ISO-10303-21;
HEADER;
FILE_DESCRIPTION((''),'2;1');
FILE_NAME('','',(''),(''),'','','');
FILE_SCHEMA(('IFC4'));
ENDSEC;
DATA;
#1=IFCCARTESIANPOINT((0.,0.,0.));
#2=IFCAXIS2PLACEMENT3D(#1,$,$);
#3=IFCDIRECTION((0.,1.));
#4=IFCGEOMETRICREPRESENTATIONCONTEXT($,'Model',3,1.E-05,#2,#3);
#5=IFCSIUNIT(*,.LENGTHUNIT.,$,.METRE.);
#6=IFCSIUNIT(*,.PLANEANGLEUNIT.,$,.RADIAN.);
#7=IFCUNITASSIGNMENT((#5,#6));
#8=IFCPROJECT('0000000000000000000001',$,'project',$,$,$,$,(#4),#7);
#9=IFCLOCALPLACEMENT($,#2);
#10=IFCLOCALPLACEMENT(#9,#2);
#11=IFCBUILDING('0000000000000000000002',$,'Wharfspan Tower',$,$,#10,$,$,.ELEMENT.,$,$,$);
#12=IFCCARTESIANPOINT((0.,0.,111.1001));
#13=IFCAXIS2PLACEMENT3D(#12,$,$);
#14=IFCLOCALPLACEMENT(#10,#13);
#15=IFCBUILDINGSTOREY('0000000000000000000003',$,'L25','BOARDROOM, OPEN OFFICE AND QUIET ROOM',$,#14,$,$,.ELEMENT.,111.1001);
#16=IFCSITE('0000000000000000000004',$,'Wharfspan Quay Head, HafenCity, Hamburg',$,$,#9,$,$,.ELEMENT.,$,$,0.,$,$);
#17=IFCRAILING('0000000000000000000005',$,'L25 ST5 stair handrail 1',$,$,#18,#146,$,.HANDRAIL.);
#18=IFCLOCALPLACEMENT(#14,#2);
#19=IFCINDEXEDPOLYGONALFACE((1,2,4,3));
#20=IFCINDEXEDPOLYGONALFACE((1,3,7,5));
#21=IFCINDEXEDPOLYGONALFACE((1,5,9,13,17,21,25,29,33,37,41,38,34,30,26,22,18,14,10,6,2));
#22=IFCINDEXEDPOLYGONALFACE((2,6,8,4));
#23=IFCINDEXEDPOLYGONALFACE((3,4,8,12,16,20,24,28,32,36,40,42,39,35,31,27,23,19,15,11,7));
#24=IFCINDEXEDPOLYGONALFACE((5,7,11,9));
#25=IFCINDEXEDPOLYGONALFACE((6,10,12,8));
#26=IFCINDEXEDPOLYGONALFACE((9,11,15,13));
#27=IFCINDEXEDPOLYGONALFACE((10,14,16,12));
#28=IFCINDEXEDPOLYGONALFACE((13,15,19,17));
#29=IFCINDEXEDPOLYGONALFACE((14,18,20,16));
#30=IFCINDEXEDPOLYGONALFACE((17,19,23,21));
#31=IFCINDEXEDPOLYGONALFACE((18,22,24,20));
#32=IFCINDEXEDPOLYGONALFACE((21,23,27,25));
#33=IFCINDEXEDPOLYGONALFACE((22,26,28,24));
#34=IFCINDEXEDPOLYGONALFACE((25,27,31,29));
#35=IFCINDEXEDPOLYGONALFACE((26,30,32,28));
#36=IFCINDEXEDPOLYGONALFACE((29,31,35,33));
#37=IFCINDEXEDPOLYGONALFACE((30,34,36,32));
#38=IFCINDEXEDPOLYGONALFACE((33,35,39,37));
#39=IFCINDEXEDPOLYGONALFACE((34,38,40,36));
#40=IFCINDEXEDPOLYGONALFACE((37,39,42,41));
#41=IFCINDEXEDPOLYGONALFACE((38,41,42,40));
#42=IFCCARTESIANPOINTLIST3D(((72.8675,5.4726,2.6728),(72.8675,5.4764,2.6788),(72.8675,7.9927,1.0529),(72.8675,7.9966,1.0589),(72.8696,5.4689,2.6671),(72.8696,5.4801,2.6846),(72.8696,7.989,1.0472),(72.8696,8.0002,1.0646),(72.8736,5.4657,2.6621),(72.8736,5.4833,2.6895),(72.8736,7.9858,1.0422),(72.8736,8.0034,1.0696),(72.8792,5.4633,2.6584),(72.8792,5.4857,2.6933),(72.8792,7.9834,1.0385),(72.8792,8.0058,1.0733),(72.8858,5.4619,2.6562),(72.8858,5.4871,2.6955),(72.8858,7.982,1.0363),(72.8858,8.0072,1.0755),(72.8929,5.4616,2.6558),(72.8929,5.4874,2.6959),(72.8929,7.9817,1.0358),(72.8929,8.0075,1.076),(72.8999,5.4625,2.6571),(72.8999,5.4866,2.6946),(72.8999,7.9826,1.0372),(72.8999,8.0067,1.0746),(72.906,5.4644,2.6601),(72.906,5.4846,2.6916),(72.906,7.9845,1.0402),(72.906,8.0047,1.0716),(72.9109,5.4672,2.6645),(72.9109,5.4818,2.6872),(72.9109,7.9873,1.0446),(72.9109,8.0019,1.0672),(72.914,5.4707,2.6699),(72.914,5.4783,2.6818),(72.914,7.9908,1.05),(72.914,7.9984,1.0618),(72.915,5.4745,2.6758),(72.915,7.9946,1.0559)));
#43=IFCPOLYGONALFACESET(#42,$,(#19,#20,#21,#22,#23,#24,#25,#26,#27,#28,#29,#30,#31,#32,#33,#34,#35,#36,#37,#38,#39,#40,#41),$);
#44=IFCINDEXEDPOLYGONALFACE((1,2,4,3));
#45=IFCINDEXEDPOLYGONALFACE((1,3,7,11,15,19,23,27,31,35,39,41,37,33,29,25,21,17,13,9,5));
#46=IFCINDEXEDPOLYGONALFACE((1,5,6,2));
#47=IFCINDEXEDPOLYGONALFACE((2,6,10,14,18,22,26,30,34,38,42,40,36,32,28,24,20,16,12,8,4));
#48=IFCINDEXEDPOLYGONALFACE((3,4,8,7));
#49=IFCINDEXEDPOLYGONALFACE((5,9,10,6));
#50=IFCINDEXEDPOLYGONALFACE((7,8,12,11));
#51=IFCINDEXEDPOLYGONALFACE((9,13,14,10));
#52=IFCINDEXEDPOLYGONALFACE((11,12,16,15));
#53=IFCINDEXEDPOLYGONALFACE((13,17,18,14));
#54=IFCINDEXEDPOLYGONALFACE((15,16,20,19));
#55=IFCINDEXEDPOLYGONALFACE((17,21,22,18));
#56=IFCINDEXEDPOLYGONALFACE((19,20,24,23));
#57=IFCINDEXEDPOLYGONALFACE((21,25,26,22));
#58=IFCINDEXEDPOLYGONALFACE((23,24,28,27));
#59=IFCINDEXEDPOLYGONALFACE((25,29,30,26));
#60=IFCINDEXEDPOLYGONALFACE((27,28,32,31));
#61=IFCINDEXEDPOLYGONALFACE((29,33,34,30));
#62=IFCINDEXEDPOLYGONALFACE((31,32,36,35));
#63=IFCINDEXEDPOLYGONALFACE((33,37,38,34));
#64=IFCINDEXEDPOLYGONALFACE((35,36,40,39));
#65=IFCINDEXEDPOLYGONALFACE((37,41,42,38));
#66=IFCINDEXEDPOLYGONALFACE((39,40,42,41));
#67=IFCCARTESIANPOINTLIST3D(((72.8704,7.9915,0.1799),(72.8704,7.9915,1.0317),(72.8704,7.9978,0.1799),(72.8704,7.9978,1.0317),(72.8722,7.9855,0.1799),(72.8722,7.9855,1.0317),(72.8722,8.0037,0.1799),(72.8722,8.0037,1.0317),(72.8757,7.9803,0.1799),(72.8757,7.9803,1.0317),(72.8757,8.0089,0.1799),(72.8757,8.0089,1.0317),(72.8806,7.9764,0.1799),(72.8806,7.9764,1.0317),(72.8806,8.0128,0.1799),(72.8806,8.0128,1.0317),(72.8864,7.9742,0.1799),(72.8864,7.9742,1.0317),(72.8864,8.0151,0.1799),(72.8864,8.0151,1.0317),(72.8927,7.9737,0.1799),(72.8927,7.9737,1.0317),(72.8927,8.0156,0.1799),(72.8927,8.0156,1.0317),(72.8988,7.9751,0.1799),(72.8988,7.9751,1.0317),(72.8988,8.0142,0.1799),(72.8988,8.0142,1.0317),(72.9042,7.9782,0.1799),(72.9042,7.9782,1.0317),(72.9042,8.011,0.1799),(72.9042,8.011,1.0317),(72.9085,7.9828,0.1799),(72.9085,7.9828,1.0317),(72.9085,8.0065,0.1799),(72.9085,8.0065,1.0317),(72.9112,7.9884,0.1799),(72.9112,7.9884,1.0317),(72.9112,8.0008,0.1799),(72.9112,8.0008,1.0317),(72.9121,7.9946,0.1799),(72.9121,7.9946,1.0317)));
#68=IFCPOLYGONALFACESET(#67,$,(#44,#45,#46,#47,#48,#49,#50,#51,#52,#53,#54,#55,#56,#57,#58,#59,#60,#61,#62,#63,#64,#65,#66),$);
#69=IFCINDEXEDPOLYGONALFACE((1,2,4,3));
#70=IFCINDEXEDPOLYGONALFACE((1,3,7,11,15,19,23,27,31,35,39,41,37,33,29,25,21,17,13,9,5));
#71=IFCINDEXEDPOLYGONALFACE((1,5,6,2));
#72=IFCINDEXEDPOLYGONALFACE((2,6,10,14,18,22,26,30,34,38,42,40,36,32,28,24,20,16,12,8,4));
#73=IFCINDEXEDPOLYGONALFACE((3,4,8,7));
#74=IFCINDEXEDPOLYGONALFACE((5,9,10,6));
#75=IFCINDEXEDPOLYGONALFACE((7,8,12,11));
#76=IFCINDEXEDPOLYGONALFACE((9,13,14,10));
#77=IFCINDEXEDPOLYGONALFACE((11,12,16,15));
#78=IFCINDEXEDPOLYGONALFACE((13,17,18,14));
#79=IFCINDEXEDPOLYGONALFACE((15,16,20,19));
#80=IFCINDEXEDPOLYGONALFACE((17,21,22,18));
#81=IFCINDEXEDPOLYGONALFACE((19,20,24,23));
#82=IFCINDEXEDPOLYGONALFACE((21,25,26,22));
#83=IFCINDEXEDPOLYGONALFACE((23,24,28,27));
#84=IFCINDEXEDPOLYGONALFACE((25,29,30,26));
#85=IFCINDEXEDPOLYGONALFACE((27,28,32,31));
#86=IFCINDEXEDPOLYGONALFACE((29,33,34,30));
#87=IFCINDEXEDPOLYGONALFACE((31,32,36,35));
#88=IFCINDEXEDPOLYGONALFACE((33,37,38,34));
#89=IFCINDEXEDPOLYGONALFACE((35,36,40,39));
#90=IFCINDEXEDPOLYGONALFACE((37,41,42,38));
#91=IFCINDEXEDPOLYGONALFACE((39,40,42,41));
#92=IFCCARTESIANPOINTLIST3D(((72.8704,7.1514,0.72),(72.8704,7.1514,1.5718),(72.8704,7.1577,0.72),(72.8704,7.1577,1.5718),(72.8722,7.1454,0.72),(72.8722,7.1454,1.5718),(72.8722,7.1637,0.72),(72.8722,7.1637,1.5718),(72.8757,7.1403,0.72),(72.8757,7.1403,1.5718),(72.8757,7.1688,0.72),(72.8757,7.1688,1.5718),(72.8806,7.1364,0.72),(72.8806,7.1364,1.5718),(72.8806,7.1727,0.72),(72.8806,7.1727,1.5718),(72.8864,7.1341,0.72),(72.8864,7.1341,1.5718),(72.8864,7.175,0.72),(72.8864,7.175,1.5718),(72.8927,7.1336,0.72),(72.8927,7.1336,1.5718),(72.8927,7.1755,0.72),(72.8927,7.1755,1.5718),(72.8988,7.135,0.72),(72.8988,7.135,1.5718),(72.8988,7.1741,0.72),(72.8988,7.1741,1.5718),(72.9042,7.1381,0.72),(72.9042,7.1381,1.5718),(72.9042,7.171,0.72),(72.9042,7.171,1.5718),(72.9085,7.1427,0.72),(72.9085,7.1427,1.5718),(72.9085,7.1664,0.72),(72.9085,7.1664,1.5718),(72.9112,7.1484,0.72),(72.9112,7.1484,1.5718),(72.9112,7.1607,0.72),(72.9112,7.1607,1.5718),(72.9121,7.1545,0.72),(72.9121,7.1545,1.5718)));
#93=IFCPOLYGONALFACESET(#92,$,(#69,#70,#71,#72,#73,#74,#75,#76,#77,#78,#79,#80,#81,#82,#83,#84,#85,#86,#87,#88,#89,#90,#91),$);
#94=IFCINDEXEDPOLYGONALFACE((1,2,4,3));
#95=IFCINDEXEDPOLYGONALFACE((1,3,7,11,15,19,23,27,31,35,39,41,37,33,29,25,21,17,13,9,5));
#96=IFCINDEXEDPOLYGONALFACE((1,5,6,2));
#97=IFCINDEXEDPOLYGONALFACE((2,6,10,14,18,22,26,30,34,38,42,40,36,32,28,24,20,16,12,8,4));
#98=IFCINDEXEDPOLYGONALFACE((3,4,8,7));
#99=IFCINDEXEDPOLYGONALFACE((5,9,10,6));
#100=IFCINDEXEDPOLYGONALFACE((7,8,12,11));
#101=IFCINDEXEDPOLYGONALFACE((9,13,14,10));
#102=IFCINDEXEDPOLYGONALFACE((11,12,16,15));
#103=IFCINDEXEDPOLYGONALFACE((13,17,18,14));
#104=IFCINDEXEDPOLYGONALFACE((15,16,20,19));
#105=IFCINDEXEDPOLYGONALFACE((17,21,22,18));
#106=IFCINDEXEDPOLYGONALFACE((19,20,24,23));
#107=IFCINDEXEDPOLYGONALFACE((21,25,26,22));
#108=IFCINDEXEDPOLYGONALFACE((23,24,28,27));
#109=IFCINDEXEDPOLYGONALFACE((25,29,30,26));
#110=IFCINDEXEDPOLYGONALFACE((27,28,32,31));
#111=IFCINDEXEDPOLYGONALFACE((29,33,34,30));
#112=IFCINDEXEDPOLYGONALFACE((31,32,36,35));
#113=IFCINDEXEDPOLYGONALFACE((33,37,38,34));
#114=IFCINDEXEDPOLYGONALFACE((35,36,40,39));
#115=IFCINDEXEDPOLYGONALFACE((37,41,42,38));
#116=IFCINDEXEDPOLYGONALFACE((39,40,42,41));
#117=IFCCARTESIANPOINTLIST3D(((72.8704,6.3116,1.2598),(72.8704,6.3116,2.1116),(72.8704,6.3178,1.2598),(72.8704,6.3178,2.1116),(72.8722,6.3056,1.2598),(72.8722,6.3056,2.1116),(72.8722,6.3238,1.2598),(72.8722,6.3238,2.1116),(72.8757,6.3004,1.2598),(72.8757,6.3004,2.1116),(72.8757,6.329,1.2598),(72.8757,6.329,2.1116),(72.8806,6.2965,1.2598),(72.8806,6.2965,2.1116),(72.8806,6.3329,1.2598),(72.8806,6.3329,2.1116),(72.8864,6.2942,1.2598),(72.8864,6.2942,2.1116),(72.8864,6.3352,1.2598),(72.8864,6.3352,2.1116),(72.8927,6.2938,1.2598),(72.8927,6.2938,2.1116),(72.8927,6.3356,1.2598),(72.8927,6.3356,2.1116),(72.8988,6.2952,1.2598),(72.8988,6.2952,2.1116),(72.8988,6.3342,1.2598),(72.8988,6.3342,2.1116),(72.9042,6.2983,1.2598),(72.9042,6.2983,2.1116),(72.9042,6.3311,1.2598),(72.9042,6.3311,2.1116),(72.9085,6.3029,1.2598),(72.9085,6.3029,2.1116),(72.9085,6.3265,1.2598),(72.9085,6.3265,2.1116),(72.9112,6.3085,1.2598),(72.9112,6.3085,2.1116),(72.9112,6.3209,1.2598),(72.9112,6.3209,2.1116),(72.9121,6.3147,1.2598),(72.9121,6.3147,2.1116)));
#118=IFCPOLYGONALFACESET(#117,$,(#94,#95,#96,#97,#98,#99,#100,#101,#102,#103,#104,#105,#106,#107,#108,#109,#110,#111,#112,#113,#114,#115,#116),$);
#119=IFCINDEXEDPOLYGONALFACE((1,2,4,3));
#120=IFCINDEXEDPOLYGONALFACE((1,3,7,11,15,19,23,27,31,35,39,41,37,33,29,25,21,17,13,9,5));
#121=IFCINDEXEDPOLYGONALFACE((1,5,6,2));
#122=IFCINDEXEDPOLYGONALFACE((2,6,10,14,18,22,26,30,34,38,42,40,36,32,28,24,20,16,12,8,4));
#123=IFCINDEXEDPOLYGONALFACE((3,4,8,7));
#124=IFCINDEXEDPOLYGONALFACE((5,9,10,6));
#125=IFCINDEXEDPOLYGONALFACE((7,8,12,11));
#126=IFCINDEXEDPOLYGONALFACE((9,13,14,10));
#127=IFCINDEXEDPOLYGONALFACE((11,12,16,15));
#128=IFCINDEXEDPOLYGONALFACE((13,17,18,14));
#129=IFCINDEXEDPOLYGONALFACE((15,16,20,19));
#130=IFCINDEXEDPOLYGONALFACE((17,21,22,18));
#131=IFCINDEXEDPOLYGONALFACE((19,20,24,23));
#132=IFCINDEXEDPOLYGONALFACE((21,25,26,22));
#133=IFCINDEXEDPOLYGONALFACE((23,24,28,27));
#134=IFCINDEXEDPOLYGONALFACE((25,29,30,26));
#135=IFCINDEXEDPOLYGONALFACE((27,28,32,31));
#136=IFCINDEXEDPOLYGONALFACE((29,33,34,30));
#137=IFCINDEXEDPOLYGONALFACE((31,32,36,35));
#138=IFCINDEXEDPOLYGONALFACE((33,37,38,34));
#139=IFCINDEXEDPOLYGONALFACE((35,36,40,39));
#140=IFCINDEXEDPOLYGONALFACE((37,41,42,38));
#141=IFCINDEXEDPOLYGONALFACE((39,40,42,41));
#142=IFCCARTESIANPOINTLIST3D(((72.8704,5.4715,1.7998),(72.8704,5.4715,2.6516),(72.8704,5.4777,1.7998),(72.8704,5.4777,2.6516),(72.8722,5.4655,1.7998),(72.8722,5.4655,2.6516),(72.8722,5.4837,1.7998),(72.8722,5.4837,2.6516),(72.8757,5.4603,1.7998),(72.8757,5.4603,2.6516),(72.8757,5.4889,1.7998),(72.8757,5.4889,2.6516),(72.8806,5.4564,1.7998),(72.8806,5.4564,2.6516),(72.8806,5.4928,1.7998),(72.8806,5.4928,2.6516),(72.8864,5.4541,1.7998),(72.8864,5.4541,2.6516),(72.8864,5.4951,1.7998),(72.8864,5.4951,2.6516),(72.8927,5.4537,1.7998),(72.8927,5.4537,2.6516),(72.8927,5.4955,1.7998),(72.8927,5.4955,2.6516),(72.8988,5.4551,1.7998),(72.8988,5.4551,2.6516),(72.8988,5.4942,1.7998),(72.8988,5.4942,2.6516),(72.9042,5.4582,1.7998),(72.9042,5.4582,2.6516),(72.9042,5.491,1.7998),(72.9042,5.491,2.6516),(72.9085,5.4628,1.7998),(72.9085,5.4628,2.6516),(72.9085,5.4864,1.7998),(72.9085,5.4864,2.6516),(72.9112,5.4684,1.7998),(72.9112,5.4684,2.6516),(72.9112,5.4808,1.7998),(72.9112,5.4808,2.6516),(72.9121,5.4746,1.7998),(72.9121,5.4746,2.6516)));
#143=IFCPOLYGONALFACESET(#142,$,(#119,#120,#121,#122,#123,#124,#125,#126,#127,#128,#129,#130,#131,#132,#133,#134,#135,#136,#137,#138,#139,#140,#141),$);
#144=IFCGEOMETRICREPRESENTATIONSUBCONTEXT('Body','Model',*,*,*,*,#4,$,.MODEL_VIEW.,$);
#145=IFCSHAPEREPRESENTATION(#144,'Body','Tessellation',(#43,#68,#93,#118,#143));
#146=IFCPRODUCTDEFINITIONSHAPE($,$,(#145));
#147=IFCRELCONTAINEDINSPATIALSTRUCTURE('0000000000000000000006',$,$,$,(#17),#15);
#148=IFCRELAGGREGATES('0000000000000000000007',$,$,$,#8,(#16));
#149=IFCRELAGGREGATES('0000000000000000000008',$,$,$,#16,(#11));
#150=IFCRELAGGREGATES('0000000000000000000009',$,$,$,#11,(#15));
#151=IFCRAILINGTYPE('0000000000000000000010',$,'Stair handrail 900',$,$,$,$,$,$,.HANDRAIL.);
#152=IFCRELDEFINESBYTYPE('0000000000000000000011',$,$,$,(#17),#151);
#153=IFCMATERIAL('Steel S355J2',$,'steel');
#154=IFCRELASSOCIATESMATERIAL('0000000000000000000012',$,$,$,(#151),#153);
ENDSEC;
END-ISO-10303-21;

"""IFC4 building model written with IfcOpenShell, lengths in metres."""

from ifc_helpers import new_model, si_unit, direction, frame, origin, origin_2d, place, context, subcontext, project, spatial, circle, extrude, material, type_object, element, save


model = new_model("IFC4")

# Units and contexts
model_context = context("Model", 3, precision=1e-05, world=origin(), true_north=direction((0.0, 1.0)))
body_context = subcontext(model_context, "Body", "Model", "MODEL_VIEW")
ifc_project = project(units=[si_unit("LENGTHUNIT", "METRE"), si_unit("PLANEANGLEUNIT", "RADIAN")], contexts=[model_context])

# Site, building, storey
site_placement = place(None, origin())
site = spatial("IfcSite", under=ifc_project, at=site_placement, Name="Wharfspan Quay Head, HafenCity, Hamburg", CompositionType="ELEMENT", RefElevation=0.0)
building_placement = place(site_placement, origin())
building = spatial("IfcBuilding", under=site, at=building_placement, Name="Wharfspan Tower", CompositionType="ELEMENT")
storey_placement = place(building_placement, frame((0.0, 0.0, 111.1001)))
storey = spatial("IfcBuildingStorey", under=building, at=storey_placement, Name="L25", Description="BOARDROOM, OPEN OFFICE AND QUIET ROOM", CompositionType="ELEMENT", Elevation=111.1001)

# Shared definitions
ifc_material_1 = material(Name="Steel S355J2", Category="steel")

# Railing
railing_type_1 = type_object("IfcRailingType", Name="Stair handrail 900", PredefinedType="HANDRAIL", material=ifc_material_1)
railing_1_placement = place(storey_placement, frame((72.8911, 7.9946, 0.1799)))
element("IfcRailing", 1, at=railing_1_placement, inside=storey, type_object=railing_type_1, Name="L25 ST5 stair handrail 1", PredefinedType="HANDRAIL", context=body_context, shape_type="SweptSolid", body=[
    extrude(circle(Radius=0.0239, at=origin_2d()), frame((0.0, 0.0, 0.876), z_axis=(0.0, -0.8412, 0.540725), x_axis=(1.0, 0.0, 0.0)), (0.0, 0.0, 1.0), 2.9958),
    extrude(circle(Radius=0.021, at=origin_2d()), origin(), (0.0, 0.0, 1.0), 0.8518),
    extrude(circle(Radius=0.021, at=origin_2d()), frame((0.0, -0.8401, 0.54)), (0.0, 0.0, 1.0), 0.8518),
    extrude(circle(Radius=0.021, at=origin_2d()), frame((0.0, -1.6799, 1.0798)), (0.0, 0.0, 1.0), 0.8518),
    extrude(circle(Radius=0.021, at=origin_2d()), frame((0.0, -2.52, 1.6199)), (0.0, 0.0, 1.0), 0.8518),
])

save(model, "model.ifc")
